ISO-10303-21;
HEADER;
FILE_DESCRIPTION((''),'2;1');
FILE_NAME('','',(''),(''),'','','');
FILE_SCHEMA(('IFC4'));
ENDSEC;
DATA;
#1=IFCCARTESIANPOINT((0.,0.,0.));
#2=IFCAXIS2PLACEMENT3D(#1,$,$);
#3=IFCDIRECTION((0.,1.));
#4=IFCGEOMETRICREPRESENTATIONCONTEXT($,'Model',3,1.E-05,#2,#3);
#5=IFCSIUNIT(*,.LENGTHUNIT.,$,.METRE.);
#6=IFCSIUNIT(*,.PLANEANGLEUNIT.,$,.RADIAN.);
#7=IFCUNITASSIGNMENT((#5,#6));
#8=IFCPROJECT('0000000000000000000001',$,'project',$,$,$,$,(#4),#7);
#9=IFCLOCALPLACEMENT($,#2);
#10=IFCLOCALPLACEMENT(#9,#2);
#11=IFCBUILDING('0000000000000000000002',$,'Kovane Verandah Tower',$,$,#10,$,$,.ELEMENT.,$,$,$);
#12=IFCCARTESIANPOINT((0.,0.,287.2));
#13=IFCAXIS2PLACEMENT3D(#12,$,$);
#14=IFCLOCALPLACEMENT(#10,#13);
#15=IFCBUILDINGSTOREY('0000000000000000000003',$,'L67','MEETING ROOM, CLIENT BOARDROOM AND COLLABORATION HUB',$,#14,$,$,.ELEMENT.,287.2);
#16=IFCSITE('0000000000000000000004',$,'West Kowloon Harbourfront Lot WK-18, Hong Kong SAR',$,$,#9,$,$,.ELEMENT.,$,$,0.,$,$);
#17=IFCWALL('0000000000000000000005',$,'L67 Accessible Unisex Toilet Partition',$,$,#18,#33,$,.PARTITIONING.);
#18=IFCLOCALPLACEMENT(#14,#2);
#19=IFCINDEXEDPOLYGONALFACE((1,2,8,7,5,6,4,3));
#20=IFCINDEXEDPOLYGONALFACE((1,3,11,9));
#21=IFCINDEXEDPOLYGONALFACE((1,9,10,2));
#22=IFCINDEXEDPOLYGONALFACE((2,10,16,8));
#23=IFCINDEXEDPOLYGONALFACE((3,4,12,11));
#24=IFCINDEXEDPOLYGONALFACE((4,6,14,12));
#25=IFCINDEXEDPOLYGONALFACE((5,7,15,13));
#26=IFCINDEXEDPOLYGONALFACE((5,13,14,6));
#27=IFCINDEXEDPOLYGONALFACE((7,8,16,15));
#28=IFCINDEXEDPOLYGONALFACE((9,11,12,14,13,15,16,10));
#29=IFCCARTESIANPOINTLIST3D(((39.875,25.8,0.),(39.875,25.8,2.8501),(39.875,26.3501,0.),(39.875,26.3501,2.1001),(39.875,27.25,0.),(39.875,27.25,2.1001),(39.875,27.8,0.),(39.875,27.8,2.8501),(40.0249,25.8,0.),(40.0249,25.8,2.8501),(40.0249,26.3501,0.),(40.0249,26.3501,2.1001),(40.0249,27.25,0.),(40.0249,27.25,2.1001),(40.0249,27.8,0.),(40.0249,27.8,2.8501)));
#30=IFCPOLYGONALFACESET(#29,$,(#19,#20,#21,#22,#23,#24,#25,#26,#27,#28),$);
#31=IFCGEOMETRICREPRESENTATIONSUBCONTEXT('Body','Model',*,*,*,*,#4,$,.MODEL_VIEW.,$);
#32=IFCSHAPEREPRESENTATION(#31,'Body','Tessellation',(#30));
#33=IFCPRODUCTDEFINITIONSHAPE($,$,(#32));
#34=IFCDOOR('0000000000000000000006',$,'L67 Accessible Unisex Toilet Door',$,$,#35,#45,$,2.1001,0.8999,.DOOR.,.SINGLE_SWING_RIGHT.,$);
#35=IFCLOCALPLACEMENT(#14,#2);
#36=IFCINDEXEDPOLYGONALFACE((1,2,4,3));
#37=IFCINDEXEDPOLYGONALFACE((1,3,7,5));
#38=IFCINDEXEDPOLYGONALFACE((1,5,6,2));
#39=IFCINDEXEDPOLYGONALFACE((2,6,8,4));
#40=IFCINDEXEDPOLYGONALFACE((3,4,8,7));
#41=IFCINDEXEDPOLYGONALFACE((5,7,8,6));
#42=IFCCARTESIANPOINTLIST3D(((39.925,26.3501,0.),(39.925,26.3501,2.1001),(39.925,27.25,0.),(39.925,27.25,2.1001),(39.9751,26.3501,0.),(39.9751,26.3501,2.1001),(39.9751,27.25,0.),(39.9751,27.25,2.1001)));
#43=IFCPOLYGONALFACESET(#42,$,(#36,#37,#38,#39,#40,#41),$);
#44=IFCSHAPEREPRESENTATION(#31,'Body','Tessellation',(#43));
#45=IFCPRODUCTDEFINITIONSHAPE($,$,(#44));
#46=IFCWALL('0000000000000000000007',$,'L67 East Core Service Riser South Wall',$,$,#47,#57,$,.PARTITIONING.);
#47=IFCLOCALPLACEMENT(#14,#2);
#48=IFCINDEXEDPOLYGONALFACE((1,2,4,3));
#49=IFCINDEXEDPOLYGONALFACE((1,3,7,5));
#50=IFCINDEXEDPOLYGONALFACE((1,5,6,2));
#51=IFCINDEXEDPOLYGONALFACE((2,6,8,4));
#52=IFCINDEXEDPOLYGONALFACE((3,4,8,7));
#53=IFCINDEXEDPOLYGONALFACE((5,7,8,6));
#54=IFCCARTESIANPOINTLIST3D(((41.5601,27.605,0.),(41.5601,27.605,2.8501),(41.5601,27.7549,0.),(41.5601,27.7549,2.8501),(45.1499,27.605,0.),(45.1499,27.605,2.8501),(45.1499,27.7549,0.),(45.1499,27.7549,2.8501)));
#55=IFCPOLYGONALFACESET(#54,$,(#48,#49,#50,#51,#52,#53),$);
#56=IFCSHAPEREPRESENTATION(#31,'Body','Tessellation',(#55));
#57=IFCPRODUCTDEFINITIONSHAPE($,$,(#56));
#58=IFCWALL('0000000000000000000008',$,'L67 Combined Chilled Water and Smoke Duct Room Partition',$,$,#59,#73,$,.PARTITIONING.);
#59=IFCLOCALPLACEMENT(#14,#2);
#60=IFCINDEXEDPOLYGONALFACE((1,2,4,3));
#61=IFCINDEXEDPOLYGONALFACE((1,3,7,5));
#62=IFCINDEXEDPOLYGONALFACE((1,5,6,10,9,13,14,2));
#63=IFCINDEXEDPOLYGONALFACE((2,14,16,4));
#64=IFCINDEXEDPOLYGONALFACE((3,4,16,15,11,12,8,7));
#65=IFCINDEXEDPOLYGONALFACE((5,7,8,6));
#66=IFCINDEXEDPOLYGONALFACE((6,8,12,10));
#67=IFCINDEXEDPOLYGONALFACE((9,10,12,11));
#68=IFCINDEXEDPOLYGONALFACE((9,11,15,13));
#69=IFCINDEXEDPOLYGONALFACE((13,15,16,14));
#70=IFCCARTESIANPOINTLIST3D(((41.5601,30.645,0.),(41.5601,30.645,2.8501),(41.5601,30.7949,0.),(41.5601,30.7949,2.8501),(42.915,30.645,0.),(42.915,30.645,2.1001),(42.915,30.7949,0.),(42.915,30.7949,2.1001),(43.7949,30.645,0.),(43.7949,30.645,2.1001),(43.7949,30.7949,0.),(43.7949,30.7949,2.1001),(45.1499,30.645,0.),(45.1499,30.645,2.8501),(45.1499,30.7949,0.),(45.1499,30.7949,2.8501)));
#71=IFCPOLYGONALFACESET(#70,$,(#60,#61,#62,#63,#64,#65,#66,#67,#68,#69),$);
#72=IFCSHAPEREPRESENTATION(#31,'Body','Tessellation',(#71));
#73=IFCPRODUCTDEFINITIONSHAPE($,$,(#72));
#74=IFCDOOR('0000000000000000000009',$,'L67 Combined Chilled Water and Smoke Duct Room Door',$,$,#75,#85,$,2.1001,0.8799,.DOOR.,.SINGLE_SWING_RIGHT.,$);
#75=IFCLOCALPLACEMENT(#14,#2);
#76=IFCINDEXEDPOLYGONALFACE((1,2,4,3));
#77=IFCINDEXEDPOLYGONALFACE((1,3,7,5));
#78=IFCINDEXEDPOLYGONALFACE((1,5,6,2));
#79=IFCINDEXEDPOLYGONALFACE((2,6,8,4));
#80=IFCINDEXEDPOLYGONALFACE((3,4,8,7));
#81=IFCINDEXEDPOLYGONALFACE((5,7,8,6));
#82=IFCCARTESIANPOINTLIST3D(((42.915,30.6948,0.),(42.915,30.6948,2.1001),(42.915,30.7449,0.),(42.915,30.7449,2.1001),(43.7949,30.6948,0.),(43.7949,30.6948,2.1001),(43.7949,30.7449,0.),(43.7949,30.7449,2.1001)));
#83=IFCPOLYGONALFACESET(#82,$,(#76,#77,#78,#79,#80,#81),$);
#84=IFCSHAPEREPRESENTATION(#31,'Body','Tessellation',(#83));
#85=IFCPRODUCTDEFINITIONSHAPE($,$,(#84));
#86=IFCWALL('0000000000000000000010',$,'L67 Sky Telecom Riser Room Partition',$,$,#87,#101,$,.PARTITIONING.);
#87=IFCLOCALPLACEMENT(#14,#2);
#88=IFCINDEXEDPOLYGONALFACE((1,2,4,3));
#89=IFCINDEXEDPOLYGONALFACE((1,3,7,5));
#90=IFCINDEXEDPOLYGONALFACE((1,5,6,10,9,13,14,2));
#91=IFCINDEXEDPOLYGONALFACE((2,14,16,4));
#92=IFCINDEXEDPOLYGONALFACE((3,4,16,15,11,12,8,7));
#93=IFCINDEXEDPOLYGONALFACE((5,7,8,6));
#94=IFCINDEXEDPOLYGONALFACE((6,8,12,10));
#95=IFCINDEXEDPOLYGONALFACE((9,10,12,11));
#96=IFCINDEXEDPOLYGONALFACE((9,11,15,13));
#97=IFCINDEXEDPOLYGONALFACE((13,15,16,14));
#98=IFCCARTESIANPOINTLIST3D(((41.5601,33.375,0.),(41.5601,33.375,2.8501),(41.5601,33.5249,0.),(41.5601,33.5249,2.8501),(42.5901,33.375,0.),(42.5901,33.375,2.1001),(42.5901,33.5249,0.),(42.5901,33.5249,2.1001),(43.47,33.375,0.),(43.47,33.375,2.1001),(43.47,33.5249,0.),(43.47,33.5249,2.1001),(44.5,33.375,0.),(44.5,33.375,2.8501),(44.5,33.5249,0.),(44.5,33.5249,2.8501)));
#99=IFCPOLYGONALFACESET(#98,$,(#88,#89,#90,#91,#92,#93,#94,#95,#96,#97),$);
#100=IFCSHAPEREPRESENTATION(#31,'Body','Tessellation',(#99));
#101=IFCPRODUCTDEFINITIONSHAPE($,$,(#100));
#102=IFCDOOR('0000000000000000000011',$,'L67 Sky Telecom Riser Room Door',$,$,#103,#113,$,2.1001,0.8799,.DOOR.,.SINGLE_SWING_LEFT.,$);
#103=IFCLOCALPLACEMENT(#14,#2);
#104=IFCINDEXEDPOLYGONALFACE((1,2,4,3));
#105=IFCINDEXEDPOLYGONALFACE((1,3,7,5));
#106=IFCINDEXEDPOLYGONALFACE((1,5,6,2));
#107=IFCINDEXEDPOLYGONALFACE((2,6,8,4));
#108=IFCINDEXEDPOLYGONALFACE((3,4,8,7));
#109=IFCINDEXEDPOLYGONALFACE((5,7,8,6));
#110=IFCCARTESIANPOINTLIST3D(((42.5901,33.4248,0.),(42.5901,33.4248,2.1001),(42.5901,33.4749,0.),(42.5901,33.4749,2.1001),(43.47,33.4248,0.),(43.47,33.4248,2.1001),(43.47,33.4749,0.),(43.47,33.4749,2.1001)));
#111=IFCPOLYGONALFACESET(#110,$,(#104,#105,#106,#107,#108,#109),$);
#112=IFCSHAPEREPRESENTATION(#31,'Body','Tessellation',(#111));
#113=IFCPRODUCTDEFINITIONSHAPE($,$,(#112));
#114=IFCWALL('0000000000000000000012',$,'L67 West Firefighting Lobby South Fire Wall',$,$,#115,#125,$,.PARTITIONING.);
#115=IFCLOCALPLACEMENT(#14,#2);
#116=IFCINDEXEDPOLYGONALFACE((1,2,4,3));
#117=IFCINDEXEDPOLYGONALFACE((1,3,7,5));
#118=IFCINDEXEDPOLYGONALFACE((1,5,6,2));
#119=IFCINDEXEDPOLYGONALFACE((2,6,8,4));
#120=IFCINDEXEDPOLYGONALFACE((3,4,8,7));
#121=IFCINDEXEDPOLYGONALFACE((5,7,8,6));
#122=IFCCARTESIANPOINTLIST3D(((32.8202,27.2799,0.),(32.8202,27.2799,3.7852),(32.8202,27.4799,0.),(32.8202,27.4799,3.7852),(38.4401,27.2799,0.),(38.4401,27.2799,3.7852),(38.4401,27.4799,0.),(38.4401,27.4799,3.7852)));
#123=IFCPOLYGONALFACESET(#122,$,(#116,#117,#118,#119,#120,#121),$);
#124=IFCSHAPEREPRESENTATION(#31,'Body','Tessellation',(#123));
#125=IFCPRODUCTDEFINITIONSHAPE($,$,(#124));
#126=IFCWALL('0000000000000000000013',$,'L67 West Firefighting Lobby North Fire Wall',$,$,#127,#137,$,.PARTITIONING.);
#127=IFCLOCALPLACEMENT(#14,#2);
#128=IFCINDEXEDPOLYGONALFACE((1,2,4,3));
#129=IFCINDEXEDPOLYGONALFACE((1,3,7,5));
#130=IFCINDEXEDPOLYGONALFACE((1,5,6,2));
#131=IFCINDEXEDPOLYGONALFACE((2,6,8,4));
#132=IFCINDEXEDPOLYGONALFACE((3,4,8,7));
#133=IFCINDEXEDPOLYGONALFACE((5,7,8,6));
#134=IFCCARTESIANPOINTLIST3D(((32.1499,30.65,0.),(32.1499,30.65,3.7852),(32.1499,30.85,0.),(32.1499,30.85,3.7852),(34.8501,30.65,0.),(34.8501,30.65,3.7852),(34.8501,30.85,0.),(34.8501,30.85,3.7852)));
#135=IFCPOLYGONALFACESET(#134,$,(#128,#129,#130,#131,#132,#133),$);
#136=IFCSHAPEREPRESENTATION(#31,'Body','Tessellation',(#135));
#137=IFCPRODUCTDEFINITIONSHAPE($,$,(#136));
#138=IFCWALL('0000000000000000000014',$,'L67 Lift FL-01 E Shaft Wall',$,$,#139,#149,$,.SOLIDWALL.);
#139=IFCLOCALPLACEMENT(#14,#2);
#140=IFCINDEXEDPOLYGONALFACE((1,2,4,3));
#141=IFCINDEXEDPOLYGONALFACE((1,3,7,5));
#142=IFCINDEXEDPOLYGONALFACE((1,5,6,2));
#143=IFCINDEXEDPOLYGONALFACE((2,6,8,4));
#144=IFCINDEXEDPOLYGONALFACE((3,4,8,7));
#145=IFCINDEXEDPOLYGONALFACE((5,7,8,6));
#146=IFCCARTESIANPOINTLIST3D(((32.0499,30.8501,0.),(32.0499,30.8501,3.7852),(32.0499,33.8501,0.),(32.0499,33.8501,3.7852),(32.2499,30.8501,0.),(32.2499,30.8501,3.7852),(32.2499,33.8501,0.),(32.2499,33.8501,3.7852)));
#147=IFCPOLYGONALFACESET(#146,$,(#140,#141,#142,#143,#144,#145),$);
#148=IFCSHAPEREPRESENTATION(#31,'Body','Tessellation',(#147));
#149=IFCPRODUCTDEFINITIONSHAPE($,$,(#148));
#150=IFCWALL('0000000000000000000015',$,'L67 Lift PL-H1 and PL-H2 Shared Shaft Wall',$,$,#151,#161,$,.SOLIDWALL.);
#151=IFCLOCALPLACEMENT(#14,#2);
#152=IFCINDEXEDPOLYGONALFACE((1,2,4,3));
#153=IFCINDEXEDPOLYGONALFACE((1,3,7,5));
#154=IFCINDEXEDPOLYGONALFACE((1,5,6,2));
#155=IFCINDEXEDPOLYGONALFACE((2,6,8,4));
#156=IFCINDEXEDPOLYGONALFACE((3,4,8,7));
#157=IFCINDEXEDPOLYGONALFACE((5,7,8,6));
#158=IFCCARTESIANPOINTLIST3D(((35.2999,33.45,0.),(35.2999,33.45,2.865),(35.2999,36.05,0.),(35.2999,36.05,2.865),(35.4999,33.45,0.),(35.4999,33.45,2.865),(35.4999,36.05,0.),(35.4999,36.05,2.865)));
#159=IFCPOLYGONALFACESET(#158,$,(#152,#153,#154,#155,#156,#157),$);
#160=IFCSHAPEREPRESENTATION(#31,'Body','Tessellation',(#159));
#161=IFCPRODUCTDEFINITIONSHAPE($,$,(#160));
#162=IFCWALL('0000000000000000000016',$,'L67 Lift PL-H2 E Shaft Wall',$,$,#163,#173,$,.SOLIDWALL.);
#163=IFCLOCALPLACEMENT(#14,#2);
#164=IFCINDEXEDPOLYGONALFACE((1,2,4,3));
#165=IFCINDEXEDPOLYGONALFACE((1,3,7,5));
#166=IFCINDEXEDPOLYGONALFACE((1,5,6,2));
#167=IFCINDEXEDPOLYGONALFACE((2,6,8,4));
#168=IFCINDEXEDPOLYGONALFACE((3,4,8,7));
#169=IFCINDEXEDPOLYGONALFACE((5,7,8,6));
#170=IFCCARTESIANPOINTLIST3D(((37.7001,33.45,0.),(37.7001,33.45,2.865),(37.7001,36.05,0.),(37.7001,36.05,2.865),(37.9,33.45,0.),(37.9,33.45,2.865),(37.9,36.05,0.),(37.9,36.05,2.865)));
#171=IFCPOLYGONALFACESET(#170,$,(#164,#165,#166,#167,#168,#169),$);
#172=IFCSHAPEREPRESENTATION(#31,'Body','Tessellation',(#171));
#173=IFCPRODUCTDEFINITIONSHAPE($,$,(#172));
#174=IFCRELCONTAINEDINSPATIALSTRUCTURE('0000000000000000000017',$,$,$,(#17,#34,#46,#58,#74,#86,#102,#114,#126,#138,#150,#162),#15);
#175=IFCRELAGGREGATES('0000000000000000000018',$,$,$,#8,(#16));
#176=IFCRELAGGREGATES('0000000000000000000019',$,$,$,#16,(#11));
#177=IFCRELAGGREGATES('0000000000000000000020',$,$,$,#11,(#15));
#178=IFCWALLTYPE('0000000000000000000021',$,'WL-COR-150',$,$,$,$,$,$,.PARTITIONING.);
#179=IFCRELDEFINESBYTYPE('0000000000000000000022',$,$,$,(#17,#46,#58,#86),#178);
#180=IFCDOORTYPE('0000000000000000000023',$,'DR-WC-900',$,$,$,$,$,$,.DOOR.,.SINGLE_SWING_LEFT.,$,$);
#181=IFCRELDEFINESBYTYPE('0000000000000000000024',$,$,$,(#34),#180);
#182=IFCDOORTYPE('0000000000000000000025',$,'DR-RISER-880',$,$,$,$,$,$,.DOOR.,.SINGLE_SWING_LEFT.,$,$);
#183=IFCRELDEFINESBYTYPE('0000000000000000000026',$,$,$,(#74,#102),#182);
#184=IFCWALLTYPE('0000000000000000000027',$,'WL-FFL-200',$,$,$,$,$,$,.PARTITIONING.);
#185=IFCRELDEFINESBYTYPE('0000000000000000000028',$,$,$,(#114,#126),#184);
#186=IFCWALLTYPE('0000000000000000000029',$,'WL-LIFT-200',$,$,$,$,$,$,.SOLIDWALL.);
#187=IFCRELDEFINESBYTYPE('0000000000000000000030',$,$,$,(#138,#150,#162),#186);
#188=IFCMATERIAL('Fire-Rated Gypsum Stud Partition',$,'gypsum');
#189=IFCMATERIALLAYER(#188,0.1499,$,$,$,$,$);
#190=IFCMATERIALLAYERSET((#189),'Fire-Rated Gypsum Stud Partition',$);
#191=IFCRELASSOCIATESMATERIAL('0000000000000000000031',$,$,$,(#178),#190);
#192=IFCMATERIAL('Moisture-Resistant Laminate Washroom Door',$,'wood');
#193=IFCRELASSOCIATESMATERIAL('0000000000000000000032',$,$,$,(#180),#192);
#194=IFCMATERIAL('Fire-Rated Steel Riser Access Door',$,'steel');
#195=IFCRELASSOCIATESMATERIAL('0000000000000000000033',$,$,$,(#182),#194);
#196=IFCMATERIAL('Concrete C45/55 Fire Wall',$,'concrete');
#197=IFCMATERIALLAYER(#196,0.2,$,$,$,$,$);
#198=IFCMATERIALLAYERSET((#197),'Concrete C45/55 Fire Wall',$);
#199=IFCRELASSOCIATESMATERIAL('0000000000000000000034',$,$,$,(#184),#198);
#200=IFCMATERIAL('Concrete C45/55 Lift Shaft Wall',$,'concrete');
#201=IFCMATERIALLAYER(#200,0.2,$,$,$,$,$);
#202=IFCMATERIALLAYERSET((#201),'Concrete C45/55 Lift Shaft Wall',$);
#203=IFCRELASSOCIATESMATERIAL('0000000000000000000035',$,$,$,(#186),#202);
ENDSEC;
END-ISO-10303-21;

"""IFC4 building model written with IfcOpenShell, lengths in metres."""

from ifc_helpers import new_model, si_unit, direction, frame, frame_2d, origin, place, context, subcontext, project, spatial, rectangle, extrude, material, layer, layer_set, type_object, element, fill, save


model = new_model("IFC4")

# Units and contexts
model_context = context("Model", 3, precision=1e-05, world=origin(), true_north=direction((0.0, 1.0)))
body_context = subcontext(model_context, "Body", "Model", "MODEL_VIEW")
ifc_project = project(units=[si_unit("LENGTHUNIT", "METRE"), si_unit("PLANEANGLEUNIT", "RADIAN")], contexts=[model_context])

# Site, building, storey
site_placement = place(None, origin())
site = spatial("IfcSite", under=ifc_project, at=site_placement, Name="West Kowloon Harbourfront Lot WK-18, Hong Kong SAR", CompositionType="ELEMENT", RefElevation=0.0)
building_placement = place(site_placement, origin())
building = spatial("IfcBuilding", under=site, at=building_placement, Name="Kovane Verandah Tower", CompositionType="ELEMENT")
storey_placement = place(building_placement, frame((0.0, 0.0, 287.2)))
storey = spatial("IfcBuildingStorey", under=building, at=storey_placement, Name="L67", Description="MEETING ROOM, CLIENT BOARDROOM AND COLLABORATION HUB", CompositionType="ELEMENT", Elevation=287.2)

# Wall, opening, door
ifc_material_1 = material(Name="Fire-Rated Gypsum Stud Partition", Category="gypsum")
ifc_layer_1 = layer(ifc_material_1, 0.1499)
ifc_layer_set_1 = layer_set([ifc_layer_1], Name="Fire-Rated Gypsum Stud Partition")
wall_type_1 = type_object("IfcWallType", Name="WL-COR-150", PredefinedType="PARTITIONING", material=ifc_layer_set_1)
wall_1_placement = place(storey_placement, frame((39.95, 25.8, 0.0), z_axis=(0.0, 0.0, 1.0), x_axis=(0.0, 1.0, 0.0)))
wall_1 = element("IfcWall", 1, at=wall_1_placement, inside=storey, type_object=wall_type_1, Name="L67 Accessible Unisex Toilet Partition", PredefinedType="PARTITIONING", context=body_context, shape_type="SweptSolid", body=[
    extrude(rectangle(XDim=2.0, YDim=0.1499, at=frame_2d((1.0, 0.0))), origin(), (0.0, 0.0, 1.0), 2.8501),
])
opening_1_placement = place(wall_1_placement, frame((0.55, 0.0, 0.0)))
opening_1 = element("IfcOpeningElement", 2, at=opening_1_placement, cuts=wall_1, PredefinedType="OPENING", context=body_context, shape_type="SweptSolid", body=[
    extrude(rectangle(XDim=0.8999, YDim=2.1001, at=frame_2d((0.45, 1.05))), frame((0.0, 0.075, 0.0), z_axis=(0.0, -1.0, 0.0), x_axis=(1.0, 0.0, 0.0)), (0.0, 0.0, 1.0), 0.1499),
])
ifc_material_2 = material(Name="Moisture-Resistant Laminate Washroom Door", Category="wood")
door_type_1 = type_object("IfcDoorType", Name="DR-WC-900", OperationType="SINGLE_SWING_LEFT", PredefinedType="DOOR", material=ifc_material_2)
door_1_placement = place(opening_1_placement, origin())
door_1 = element("IfcDoor", 3, at=door_1_placement, inside=storey, type_object=door_type_1, Name="L67 Accessible Unisex Toilet Door", OperationType="SINGLE_SWING_RIGHT", OverallHeight=2.1001, OverallWidth=0.8999, PredefinedType="DOOR", context=body_context, shape_type="SweptSolid", body=[
    extrude(rectangle(XDim=0.8999, YDim=2.1001, at=frame_2d((0.45, 1.05))), frame((0.0, 0.0249, 0.0), z_axis=(0.0, -1.0, 0.0), x_axis=(1.0, 0.0, 0.0)), (0.0, 0.0, 1.0), 0.05),
])
fill(opening_1, door_1)

# Wall
wall_2_placement = place(storey_placement, frame((41.5601, 27.6799, 0.0), z_axis=(0.0, 0.0, 1.0), x_axis=(1.0, 0.0, 0.0)))
element("IfcWall", 4, at=wall_2_placement, inside=storey, type_object=wall_type_1, Name="L67 East Core Service Riser South Wall", PredefinedType="PARTITIONING", context=body_context, shape_type="SweptSolid", body=[
    extrude(rectangle(XDim=3.5898, YDim=0.1499, at=frame_2d((1.7949, 0.0))), origin(), (0.0, 0.0, 1.0), 2.8501),
])

# Walls, openings, doors
wall_3_placement = place(storey_placement, frame((41.5601, 30.72, 0.0), z_axis=(0.0, 0.0, 1.0), x_axis=(1.0, 0.0, 0.0)))
wall_3 = element("IfcWall", 5, at=wall_3_placement, inside=storey, type_object=wall_type_1, Name="L67 Combined Chilled Water and Smoke Duct Room Partition", PredefinedType="PARTITIONING", context=body_context, shape_type="SweptSolid", body=[
    extrude(rectangle(XDim=3.5898, YDim=0.1499, at=frame_2d((1.7949, 0.0))), origin(), (0.0, 0.0, 1.0), 2.8501),
])
opening_2_placement = place(wall_3_placement, frame((1.355, 0.0, 0.0)))
opening_2 = element("IfcOpeningElement", 6, at=opening_2_placement, cuts=wall_3, PredefinedType="OPENING", context=body_context, shape_type="SweptSolid", body=[
    extrude(rectangle(XDim=0.8799, YDim=2.1001, at=frame_2d((0.4399, 1.05))), frame((0.0, 0.075, 0.0), z_axis=(0.0, -1.0, 0.0), x_axis=(1.0, 0.0, 0.0)), (0.0, 0.0, 1.0), 0.1499),
])
ifc_material_3 = material(Name="Fire-Rated Steel Riser Access Door", Category="steel")
door_type_2 = type_object("IfcDoorType", Name="DR-RISER-880", OperationType="SINGLE_SWING_LEFT", PredefinedType="DOOR", material=ifc_material_3)
door_2_placement = place(opening_2_placement, origin())
door_2 = element("IfcDoor", 7, at=door_2_placement, inside=storey, type_object=door_type_2, Name="L67 Combined Chilled Water and Smoke Duct Room Door", OperationType="SINGLE_SWING_RIGHT", OverallHeight=2.1001, OverallWidth=0.8799, PredefinedType="DOOR", context=body_context, shape_type="SweptSolid", body=[
    extrude(rectangle(XDim=0.8799, YDim=2.1001, at=frame_2d((0.4399, 1.05))), frame((0.0, 0.0249, 0.0), z_axis=(0.0, -1.0, 0.0), x_axis=(1.0, 0.0, 0.0)), (0.0, 0.0, 1.0), 0.05),
])
fill(opening_2, door_2)
wall_4_placement = place(storey_placement, frame((41.5601, 33.45, 0.0), z_axis=(0.0, 0.0, 1.0), x_axis=(1.0, 0.0, 0.0)))
wall_4 = element("IfcWall", 8, at=wall_4_placement, inside=storey, type_object=wall_type_1, Name="L67 Sky Telecom Riser Room Partition", PredefinedType="PARTITIONING", context=body_context, shape_type="SweptSolid", body=[
    extrude(rectangle(XDim=2.9399, YDim=0.1499, at=frame_2d((1.47, 0.0))), origin(), (0.0, 0.0, 1.0), 2.8501),
])
opening_3_placement = place(wall_4_placement, frame((1.03, 0.0, 0.0)))
opening_3 = element("IfcOpeningElement", 9, at=opening_3_placement, cuts=wall_4, PredefinedType="OPENING", context=body_context, shape_type="SweptSolid", body=[
    extrude(rectangle(XDim=0.8799, YDim=2.1001, at=frame_2d((0.4399, 1.05))), frame((0.0, 0.075, 0.0), z_axis=(0.0, -1.0, 0.0), x_axis=(1.0, 0.0, 0.0)), (0.0, 0.0, 1.0), 0.1499),
])
door_3_placement = place(opening_3_placement, origin())
door_3 = element("IfcDoor", 10, at=door_3_placement, inside=storey, type_object=door_type_2, Name="L67 Sky Telecom Riser Room Door", OperationType="SINGLE_SWING_LEFT", OverallHeight=2.1001, OverallWidth=0.8799, PredefinedType="DOOR", context=body_context, shape_type="SweptSolid", body=[
    extrude(rectangle(XDim=0.8799, YDim=2.1001, at=frame_2d((0.4399, 1.05))), frame((0.0, 0.0249, 0.0), z_axis=(0.0, -1.0, 0.0), x_axis=(1.0, 0.0, 0.0)), (0.0, 0.0, 1.0), 0.05),
])
fill(opening_3, door_3)
ifc_material_4 = material(Name="Concrete C45/55 Fire Wall", Category="concrete")
ifc_layer_2 = layer(ifc_material_4, 0.2)
ifc_layer_set_2 = layer_set([ifc_layer_2], Name="Concrete C45/55 Fire Wall")
wall_type_2 = type_object("IfcWallType", Name="WL-FFL-200", PredefinedType="PARTITIONING", material=ifc_layer_set_2)

# Walls
wall_5_placement = place(storey_placement, frame((32.8201, 27.3799, 0.0), z_axis=(0.0, 0.0, 1.0), x_axis=(1.0, 0.0, 0.0)))
element("IfcWall", 11, at=wall_5_placement, inside=storey, type_object=wall_type_2, Name="L67 West Firefighting Lobby South Fire Wall", PredefinedType="PARTITIONING", context=body_context, shape_type="SweptSolid", body=[
    extrude(rectangle(XDim=5.6199, YDim=0.2, at=frame_2d((2.8101, 0.0))), origin(), (0.0, 0.0, 1.0), 3.7852),
])
wall_6_placement = place(storey_placement, frame((32.1499, 30.75, 0.0), z_axis=(0.0, 0.0, 1.0), x_axis=(1.0, 0.0, 0.0)))
element("IfcWall", 12, at=wall_6_placement, inside=storey, type_object=wall_type_2, Name="L67 West Firefighting Lobby North Fire Wall", PredefinedType="PARTITIONING", context=body_context, shape_type="SweptSolid", body=[
    extrude(rectangle(XDim=2.7002, YDim=0.2, at=frame_2d((1.3501, 0.0))), origin(), (0.0, 0.0, 1.0), 3.7852),
])
ifc_material_5 = material(Name="Concrete C45/55 Lift Shaft Wall", Category="concrete")
ifc_layer_3 = layer(ifc_material_5, 0.2)
ifc_layer_set_3 = layer_set([ifc_layer_3], Name="Concrete C45/55 Lift Shaft Wall")
wall_type_3 = type_object("IfcWallType", Name="WL-LIFT-200", PredefinedType="SOLIDWALL", material=ifc_layer_set_3)
wall_7_placement = place(storey_placement, frame((32.1499, 30.8501, 0.0), z_axis=(0.0, 0.0, 1.0), x_axis=(0.0, 1.0, 0.0)))
element("IfcWall", 13, at=wall_7_placement, inside=storey, type_object=wall_type_3, Name="L67 Lift FL-01 E Shaft Wall", PredefinedType="SOLIDWALL", context=body_context, shape_type="SweptSolid", body=[
    extrude(rectangle(XDim=3.0, YDim=0.2, at=frame_2d((1.5, 0.0))), origin(), (0.0, 0.0, 1.0), 3.7852),
])

# Wall
wall_8_placement = place(storey_placement, frame((35.3999, 33.45, 0.0), z_axis=(0.0, 0.0, 1.0), x_axis=(0.0, 1.0, 0.0)))
element("IfcWall", 14, at=wall_8_placement, inside=storey, type_object=wall_type_3, Name="L67 Lift PL-H1 and PL-H2 Shared Shaft Wall", PredefinedType="SOLIDWALL", context=body_context, shape_type="SweptSolid", body=[
    extrude(rectangle(XDim=2.6001, YDim=0.2, at=frame_2d((1.3, 0.0))), origin(), (0.0, 0.0, 1.0), 2.865),
])

# Wall
wall_9_placement = place(storey_placement, frame((37.8, 33.45, 0.0), z_axis=(0.0, 0.0, 1.0), x_axis=(0.0, 1.0, 0.0)))
element("IfcWall", 15, at=wall_9_placement, inside=storey, type_object=wall_type_3, Name="L67 Lift PL-H2 E Shaft Wall", PredefinedType="SOLIDWALL", context=body_context, shape_type="SweptSolid", body=[
    extrude(rectangle(XDim=2.6001, YDim=0.2, at=frame_2d((1.3, 0.0))), origin(), (0.0, 0.0, 1.0), 2.865),
])

save(model, "model.ifc")
